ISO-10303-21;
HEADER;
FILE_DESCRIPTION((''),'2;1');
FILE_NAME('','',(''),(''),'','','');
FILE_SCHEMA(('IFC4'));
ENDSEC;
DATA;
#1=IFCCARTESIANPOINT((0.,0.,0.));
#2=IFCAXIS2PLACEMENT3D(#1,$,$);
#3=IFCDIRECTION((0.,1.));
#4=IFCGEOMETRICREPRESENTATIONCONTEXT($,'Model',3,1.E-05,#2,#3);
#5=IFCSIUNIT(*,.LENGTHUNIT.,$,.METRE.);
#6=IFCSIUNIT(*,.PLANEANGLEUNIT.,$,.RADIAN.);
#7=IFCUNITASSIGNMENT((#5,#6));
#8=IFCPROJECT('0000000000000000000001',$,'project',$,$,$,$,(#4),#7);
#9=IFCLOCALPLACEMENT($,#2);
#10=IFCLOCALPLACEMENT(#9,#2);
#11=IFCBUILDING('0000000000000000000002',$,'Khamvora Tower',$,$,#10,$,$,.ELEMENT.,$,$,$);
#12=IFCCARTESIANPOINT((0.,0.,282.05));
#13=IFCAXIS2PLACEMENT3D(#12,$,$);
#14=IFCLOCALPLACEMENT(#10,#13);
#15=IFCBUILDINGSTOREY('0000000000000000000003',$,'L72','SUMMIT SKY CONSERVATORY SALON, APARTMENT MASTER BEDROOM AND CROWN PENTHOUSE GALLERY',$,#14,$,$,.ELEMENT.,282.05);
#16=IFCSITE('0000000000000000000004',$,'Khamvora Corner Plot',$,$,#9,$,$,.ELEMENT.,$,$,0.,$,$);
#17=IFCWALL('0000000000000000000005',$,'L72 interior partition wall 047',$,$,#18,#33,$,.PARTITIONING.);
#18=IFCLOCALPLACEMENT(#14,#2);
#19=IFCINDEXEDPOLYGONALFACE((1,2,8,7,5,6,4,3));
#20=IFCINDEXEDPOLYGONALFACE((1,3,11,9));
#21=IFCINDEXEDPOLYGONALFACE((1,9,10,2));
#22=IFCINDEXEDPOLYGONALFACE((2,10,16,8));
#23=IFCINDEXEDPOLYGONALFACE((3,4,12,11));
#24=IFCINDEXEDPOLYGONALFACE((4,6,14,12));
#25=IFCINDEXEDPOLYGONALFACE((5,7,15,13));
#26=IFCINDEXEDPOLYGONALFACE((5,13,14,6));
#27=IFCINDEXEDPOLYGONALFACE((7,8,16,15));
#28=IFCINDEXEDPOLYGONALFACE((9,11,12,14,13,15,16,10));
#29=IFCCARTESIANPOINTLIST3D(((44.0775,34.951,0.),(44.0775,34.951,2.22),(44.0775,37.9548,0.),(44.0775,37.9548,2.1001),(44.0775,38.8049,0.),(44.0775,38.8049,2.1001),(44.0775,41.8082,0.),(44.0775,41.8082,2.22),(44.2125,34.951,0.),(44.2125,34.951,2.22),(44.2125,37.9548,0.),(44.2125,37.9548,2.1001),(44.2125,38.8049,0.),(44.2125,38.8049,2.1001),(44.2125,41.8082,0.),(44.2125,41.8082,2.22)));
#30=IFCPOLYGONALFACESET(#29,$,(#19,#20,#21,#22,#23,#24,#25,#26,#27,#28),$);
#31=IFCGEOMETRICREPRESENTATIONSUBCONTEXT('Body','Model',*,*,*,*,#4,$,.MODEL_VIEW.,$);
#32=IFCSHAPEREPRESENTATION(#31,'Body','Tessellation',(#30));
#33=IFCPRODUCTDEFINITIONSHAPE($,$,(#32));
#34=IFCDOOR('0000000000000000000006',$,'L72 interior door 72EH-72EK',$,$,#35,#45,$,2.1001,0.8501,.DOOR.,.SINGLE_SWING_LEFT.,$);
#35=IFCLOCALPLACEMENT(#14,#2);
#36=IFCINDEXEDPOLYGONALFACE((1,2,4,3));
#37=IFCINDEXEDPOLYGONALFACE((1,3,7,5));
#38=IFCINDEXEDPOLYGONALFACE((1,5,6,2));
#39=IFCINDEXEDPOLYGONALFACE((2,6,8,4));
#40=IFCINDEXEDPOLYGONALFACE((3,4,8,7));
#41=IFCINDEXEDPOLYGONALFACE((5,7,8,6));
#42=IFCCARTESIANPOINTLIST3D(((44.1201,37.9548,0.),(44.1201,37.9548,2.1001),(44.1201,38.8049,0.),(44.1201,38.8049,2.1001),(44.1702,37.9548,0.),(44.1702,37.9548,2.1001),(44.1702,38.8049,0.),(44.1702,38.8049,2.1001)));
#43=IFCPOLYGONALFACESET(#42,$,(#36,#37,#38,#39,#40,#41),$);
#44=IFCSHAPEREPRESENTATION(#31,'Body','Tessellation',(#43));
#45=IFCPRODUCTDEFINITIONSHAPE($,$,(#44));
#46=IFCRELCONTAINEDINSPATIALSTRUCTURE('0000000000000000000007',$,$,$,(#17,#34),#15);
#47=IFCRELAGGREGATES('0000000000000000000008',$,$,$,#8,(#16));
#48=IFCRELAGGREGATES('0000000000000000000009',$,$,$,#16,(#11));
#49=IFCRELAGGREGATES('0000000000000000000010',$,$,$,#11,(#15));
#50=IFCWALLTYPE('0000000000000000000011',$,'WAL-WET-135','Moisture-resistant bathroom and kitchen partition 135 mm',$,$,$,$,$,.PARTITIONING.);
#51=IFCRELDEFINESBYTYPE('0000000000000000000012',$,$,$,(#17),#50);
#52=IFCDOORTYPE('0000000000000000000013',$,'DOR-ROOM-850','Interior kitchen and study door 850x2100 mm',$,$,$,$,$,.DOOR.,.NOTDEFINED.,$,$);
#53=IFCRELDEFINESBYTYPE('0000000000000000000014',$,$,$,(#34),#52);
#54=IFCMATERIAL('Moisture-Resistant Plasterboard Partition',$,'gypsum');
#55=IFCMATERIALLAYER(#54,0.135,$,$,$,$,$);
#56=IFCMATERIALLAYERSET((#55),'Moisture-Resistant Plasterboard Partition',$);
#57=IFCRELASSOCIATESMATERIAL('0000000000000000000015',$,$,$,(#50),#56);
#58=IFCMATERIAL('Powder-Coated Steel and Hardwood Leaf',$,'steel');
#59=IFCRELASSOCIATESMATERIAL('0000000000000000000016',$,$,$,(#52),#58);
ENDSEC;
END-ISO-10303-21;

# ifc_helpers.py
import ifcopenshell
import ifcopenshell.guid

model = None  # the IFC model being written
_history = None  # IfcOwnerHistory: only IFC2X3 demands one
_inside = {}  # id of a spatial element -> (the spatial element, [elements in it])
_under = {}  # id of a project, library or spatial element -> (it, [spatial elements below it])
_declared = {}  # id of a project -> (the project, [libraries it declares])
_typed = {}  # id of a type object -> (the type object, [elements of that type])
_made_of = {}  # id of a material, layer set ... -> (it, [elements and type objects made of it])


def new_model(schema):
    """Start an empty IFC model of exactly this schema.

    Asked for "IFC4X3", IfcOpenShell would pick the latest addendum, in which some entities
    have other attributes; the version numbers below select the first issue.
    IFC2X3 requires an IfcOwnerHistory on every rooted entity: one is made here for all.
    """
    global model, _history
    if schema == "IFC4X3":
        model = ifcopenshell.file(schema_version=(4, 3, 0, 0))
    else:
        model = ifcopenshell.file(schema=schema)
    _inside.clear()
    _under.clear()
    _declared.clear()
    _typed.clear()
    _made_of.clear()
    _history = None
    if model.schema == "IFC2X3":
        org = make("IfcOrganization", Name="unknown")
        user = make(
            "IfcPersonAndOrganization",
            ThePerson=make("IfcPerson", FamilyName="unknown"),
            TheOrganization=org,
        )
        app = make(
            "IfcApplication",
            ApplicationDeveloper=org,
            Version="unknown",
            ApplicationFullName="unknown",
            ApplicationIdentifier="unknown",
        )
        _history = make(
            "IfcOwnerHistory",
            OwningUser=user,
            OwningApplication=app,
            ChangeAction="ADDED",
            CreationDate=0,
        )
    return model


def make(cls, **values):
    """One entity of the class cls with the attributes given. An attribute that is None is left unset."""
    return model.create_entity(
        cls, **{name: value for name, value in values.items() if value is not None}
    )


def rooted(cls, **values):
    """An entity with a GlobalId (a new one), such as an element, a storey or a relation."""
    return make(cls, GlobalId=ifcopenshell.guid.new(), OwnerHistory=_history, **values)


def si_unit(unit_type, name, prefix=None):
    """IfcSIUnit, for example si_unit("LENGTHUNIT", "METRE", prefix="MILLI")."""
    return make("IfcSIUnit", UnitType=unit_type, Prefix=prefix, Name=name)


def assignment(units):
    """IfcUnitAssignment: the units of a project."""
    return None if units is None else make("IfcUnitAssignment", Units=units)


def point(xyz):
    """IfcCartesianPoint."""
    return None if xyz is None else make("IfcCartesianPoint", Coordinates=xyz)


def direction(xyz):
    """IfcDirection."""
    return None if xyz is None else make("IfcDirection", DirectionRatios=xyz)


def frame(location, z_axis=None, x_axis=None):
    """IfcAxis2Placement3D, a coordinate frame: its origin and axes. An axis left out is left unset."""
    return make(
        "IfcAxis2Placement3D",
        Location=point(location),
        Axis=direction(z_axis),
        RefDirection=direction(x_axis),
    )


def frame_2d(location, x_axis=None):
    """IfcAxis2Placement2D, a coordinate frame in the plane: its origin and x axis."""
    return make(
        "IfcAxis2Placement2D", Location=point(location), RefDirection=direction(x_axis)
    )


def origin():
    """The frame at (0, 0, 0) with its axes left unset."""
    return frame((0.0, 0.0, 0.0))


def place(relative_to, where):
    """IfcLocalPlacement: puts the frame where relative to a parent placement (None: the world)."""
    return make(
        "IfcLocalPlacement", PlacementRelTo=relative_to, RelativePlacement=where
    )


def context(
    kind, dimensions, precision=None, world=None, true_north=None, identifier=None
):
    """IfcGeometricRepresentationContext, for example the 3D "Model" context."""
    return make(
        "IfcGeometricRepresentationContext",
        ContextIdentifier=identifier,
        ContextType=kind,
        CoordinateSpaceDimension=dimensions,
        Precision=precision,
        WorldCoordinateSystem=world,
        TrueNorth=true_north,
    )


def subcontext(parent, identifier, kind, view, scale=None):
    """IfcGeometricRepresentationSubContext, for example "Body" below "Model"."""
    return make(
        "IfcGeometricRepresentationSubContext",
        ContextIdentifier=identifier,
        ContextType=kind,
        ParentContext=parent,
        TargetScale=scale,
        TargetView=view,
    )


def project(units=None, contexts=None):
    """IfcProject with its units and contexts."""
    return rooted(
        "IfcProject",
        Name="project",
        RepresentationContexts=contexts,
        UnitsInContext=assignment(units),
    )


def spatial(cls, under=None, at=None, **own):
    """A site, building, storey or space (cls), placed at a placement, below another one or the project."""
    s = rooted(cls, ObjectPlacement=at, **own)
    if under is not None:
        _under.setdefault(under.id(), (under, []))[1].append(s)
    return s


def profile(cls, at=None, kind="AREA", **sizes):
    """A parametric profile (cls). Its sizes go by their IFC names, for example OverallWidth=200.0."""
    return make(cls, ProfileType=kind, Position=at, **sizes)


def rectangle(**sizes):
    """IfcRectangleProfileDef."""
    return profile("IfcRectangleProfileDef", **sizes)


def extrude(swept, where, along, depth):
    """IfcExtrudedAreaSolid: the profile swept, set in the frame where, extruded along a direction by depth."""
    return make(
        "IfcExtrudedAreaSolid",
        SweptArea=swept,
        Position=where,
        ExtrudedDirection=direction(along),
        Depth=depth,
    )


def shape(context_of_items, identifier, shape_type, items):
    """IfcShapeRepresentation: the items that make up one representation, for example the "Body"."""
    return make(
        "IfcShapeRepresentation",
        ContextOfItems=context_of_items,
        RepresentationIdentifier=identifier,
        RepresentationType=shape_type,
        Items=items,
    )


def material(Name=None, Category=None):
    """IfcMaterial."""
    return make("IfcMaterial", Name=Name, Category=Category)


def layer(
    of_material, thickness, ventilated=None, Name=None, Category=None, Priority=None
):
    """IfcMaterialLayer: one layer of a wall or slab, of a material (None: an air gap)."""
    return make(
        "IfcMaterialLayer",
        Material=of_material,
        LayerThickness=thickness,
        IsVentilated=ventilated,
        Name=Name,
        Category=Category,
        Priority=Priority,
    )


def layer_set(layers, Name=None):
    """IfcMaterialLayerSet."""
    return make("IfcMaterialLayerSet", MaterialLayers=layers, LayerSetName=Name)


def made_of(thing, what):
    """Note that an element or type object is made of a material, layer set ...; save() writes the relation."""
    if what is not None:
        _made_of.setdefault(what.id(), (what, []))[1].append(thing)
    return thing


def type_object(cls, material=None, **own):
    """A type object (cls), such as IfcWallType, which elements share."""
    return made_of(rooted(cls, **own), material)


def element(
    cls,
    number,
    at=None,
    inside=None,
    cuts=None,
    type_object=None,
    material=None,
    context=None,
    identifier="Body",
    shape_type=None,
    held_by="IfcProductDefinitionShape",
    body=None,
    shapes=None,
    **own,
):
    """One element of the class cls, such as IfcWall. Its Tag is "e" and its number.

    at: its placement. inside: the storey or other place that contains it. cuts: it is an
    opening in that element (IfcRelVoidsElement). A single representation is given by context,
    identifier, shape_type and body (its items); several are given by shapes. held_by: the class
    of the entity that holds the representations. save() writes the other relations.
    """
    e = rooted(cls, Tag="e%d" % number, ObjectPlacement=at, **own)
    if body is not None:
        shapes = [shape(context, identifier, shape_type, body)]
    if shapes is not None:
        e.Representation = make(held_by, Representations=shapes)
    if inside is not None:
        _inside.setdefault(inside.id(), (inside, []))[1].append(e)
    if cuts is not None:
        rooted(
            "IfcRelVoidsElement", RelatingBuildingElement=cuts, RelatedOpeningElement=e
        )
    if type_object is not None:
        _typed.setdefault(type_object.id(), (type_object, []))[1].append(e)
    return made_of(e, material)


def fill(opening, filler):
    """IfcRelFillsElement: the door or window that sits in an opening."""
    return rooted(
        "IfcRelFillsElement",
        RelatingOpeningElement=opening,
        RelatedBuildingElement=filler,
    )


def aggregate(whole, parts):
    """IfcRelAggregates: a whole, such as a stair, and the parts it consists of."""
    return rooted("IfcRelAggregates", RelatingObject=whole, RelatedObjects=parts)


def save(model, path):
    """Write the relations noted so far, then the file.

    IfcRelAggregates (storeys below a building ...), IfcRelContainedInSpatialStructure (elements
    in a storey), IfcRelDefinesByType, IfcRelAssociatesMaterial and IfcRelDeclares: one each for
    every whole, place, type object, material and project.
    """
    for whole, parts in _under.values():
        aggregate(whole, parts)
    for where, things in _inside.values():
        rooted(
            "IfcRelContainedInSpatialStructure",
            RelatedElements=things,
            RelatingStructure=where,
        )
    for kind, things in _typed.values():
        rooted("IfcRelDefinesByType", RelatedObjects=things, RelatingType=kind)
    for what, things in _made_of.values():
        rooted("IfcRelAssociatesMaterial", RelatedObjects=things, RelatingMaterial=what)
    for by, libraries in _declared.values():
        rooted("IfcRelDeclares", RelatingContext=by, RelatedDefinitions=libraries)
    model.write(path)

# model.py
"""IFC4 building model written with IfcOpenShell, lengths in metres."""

from ifc_helpers import new_model, si_unit, direction, frame, frame_2d, origin, place, context, subcontext, project, spatial, rectangle, extrude, material, layer, layer_set, type_object, element, fill, save


model = new_model("IFC4")

# Units and contexts
model_context = context("Model", 3, precision=1e-05, world=origin(), true_north=direction((0.0, 1.0)))
body_context = subcontext(model_context, "Body", "Model", "MODEL_VIEW")
ifc_project = project(units=[si_unit("LENGTHUNIT", "METRE"), si_unit("PLANEANGLEUNIT", "RADIAN")], contexts=[model_context])

# Site, building, storey
site_placement = place(None, origin())
site = spatial("IfcSite", under=ifc_project, at=site_placement, Name="Khamvora Corner Plot", CompositionType="ELEMENT", RefElevation=0.0)
building_placement = place(site_placement, origin())
building = spatial("IfcBuilding", under=site, at=building_placement, Name="Khamvora Tower", CompositionType="ELEMENT")
storey_placement = place(building_placement, frame((0.0, 0.0, 282.05)))
storey = spatial("IfcBuildingStorey", under=building, at=storey_placement, Name="L72", Description="SUMMIT SKY CONSERVATORY SALON, APARTMENT MASTER BEDROOM AND CROWN PENTHOUSE GALLERY", CompositionType="ELEMENT", Elevation=282.05)

# Shared definitions
ifc_material_1 = material(Name="Powder-Coated Steel and Hardwood Leaf", Category="steel")

# Shared definitions
ifc_material_2 = material(Name="Moisture-Resistant Plasterboard Partition", Category="gypsum")
ifc_layer_1 = layer(ifc_material_2, 0.135)
ifc_layer_set_1 = layer_set([ifc_layer_1], Name="Moisture-Resistant Plasterboard Partition")
wall_type_1 = type_object("IfcWallType", Name="WAL-WET-135", Description="Moisture-resistant bathroom and kitchen partition 135 mm", PredefinedType="PARTITIONING", material=ifc_layer_set_1)

# Wall, opening, door
wall_1_placement = place(storey_placement, frame((44.145, 34.9509, 0.0), z_axis=(0.0, 0.0, 1.0), x_axis=(0.0, 1.0, 0.0)))
wall_1 = element("IfcWall", 1, at=wall_1_placement, inside=storey, type_object=wall_type_1, Name="L72 interior partition wall 047", PredefinedType="PARTITIONING", context=body_context, shape_type="SweptSolid", body=[
    extrude(rectangle(XDim=6.8572, YDim=0.135, at=frame_2d((3.4287, 0.0))), origin(), (0.0, 0.0, 1.0), 2.22),
])
opening_1_placement = place(wall_1_placement, frame((3.0039, 0.0, 0.0)))
opening_1 = element("IfcOpeningElement", 2, at=opening_1_placement, cuts=wall_1, PredefinedType="OPENING", context=body_context, shape_type="SweptSolid", body=[
    extrude(rectangle(XDim=0.8501, YDim=2.1001, at=frame_2d((0.425, 1.05))), frame((0.0, 0.0774, 0.0), z_axis=(0.0, -1.0, 0.0), x_axis=(1.0, 0.0, 0.0)), (0.0, 0.0, 1.0), 0.155),
])
door_type_1 = type_object("IfcDoorType", Name="DOR-ROOM-850", Description="Interior kitchen and study door 850x2100 mm", OperationType="NOTDEFINED", PredefinedType="DOOR", material=ifc_material_1)
door_1_placement = place(opening_1_placement, origin())
door_1 = element("IfcDoor", 3, at=door_1_placement, inside=storey, type_object=door_type_1, Name="L72 interior door 72EH-72EK", OperationType="SINGLE_SWING_LEFT", OverallHeight=2.1001, OverallWidth=0.8501, PredefinedType="DOOR", context=body_context, shape_type="SweptSolid", body=[
    extrude(rectangle(XDim=0.8501, YDim=2.1001, at=frame_2d((0.425, 1.05))), frame((0.0, 0.0249, 0.0), z_axis=(0.0, -1.0, 0.0), x_axis=(1.0, 0.0, 0.0)), (0.0, 0.0, 1.0), 0.05),
])
fill(opening_1, door_1)

save(model, "model.ifc")
